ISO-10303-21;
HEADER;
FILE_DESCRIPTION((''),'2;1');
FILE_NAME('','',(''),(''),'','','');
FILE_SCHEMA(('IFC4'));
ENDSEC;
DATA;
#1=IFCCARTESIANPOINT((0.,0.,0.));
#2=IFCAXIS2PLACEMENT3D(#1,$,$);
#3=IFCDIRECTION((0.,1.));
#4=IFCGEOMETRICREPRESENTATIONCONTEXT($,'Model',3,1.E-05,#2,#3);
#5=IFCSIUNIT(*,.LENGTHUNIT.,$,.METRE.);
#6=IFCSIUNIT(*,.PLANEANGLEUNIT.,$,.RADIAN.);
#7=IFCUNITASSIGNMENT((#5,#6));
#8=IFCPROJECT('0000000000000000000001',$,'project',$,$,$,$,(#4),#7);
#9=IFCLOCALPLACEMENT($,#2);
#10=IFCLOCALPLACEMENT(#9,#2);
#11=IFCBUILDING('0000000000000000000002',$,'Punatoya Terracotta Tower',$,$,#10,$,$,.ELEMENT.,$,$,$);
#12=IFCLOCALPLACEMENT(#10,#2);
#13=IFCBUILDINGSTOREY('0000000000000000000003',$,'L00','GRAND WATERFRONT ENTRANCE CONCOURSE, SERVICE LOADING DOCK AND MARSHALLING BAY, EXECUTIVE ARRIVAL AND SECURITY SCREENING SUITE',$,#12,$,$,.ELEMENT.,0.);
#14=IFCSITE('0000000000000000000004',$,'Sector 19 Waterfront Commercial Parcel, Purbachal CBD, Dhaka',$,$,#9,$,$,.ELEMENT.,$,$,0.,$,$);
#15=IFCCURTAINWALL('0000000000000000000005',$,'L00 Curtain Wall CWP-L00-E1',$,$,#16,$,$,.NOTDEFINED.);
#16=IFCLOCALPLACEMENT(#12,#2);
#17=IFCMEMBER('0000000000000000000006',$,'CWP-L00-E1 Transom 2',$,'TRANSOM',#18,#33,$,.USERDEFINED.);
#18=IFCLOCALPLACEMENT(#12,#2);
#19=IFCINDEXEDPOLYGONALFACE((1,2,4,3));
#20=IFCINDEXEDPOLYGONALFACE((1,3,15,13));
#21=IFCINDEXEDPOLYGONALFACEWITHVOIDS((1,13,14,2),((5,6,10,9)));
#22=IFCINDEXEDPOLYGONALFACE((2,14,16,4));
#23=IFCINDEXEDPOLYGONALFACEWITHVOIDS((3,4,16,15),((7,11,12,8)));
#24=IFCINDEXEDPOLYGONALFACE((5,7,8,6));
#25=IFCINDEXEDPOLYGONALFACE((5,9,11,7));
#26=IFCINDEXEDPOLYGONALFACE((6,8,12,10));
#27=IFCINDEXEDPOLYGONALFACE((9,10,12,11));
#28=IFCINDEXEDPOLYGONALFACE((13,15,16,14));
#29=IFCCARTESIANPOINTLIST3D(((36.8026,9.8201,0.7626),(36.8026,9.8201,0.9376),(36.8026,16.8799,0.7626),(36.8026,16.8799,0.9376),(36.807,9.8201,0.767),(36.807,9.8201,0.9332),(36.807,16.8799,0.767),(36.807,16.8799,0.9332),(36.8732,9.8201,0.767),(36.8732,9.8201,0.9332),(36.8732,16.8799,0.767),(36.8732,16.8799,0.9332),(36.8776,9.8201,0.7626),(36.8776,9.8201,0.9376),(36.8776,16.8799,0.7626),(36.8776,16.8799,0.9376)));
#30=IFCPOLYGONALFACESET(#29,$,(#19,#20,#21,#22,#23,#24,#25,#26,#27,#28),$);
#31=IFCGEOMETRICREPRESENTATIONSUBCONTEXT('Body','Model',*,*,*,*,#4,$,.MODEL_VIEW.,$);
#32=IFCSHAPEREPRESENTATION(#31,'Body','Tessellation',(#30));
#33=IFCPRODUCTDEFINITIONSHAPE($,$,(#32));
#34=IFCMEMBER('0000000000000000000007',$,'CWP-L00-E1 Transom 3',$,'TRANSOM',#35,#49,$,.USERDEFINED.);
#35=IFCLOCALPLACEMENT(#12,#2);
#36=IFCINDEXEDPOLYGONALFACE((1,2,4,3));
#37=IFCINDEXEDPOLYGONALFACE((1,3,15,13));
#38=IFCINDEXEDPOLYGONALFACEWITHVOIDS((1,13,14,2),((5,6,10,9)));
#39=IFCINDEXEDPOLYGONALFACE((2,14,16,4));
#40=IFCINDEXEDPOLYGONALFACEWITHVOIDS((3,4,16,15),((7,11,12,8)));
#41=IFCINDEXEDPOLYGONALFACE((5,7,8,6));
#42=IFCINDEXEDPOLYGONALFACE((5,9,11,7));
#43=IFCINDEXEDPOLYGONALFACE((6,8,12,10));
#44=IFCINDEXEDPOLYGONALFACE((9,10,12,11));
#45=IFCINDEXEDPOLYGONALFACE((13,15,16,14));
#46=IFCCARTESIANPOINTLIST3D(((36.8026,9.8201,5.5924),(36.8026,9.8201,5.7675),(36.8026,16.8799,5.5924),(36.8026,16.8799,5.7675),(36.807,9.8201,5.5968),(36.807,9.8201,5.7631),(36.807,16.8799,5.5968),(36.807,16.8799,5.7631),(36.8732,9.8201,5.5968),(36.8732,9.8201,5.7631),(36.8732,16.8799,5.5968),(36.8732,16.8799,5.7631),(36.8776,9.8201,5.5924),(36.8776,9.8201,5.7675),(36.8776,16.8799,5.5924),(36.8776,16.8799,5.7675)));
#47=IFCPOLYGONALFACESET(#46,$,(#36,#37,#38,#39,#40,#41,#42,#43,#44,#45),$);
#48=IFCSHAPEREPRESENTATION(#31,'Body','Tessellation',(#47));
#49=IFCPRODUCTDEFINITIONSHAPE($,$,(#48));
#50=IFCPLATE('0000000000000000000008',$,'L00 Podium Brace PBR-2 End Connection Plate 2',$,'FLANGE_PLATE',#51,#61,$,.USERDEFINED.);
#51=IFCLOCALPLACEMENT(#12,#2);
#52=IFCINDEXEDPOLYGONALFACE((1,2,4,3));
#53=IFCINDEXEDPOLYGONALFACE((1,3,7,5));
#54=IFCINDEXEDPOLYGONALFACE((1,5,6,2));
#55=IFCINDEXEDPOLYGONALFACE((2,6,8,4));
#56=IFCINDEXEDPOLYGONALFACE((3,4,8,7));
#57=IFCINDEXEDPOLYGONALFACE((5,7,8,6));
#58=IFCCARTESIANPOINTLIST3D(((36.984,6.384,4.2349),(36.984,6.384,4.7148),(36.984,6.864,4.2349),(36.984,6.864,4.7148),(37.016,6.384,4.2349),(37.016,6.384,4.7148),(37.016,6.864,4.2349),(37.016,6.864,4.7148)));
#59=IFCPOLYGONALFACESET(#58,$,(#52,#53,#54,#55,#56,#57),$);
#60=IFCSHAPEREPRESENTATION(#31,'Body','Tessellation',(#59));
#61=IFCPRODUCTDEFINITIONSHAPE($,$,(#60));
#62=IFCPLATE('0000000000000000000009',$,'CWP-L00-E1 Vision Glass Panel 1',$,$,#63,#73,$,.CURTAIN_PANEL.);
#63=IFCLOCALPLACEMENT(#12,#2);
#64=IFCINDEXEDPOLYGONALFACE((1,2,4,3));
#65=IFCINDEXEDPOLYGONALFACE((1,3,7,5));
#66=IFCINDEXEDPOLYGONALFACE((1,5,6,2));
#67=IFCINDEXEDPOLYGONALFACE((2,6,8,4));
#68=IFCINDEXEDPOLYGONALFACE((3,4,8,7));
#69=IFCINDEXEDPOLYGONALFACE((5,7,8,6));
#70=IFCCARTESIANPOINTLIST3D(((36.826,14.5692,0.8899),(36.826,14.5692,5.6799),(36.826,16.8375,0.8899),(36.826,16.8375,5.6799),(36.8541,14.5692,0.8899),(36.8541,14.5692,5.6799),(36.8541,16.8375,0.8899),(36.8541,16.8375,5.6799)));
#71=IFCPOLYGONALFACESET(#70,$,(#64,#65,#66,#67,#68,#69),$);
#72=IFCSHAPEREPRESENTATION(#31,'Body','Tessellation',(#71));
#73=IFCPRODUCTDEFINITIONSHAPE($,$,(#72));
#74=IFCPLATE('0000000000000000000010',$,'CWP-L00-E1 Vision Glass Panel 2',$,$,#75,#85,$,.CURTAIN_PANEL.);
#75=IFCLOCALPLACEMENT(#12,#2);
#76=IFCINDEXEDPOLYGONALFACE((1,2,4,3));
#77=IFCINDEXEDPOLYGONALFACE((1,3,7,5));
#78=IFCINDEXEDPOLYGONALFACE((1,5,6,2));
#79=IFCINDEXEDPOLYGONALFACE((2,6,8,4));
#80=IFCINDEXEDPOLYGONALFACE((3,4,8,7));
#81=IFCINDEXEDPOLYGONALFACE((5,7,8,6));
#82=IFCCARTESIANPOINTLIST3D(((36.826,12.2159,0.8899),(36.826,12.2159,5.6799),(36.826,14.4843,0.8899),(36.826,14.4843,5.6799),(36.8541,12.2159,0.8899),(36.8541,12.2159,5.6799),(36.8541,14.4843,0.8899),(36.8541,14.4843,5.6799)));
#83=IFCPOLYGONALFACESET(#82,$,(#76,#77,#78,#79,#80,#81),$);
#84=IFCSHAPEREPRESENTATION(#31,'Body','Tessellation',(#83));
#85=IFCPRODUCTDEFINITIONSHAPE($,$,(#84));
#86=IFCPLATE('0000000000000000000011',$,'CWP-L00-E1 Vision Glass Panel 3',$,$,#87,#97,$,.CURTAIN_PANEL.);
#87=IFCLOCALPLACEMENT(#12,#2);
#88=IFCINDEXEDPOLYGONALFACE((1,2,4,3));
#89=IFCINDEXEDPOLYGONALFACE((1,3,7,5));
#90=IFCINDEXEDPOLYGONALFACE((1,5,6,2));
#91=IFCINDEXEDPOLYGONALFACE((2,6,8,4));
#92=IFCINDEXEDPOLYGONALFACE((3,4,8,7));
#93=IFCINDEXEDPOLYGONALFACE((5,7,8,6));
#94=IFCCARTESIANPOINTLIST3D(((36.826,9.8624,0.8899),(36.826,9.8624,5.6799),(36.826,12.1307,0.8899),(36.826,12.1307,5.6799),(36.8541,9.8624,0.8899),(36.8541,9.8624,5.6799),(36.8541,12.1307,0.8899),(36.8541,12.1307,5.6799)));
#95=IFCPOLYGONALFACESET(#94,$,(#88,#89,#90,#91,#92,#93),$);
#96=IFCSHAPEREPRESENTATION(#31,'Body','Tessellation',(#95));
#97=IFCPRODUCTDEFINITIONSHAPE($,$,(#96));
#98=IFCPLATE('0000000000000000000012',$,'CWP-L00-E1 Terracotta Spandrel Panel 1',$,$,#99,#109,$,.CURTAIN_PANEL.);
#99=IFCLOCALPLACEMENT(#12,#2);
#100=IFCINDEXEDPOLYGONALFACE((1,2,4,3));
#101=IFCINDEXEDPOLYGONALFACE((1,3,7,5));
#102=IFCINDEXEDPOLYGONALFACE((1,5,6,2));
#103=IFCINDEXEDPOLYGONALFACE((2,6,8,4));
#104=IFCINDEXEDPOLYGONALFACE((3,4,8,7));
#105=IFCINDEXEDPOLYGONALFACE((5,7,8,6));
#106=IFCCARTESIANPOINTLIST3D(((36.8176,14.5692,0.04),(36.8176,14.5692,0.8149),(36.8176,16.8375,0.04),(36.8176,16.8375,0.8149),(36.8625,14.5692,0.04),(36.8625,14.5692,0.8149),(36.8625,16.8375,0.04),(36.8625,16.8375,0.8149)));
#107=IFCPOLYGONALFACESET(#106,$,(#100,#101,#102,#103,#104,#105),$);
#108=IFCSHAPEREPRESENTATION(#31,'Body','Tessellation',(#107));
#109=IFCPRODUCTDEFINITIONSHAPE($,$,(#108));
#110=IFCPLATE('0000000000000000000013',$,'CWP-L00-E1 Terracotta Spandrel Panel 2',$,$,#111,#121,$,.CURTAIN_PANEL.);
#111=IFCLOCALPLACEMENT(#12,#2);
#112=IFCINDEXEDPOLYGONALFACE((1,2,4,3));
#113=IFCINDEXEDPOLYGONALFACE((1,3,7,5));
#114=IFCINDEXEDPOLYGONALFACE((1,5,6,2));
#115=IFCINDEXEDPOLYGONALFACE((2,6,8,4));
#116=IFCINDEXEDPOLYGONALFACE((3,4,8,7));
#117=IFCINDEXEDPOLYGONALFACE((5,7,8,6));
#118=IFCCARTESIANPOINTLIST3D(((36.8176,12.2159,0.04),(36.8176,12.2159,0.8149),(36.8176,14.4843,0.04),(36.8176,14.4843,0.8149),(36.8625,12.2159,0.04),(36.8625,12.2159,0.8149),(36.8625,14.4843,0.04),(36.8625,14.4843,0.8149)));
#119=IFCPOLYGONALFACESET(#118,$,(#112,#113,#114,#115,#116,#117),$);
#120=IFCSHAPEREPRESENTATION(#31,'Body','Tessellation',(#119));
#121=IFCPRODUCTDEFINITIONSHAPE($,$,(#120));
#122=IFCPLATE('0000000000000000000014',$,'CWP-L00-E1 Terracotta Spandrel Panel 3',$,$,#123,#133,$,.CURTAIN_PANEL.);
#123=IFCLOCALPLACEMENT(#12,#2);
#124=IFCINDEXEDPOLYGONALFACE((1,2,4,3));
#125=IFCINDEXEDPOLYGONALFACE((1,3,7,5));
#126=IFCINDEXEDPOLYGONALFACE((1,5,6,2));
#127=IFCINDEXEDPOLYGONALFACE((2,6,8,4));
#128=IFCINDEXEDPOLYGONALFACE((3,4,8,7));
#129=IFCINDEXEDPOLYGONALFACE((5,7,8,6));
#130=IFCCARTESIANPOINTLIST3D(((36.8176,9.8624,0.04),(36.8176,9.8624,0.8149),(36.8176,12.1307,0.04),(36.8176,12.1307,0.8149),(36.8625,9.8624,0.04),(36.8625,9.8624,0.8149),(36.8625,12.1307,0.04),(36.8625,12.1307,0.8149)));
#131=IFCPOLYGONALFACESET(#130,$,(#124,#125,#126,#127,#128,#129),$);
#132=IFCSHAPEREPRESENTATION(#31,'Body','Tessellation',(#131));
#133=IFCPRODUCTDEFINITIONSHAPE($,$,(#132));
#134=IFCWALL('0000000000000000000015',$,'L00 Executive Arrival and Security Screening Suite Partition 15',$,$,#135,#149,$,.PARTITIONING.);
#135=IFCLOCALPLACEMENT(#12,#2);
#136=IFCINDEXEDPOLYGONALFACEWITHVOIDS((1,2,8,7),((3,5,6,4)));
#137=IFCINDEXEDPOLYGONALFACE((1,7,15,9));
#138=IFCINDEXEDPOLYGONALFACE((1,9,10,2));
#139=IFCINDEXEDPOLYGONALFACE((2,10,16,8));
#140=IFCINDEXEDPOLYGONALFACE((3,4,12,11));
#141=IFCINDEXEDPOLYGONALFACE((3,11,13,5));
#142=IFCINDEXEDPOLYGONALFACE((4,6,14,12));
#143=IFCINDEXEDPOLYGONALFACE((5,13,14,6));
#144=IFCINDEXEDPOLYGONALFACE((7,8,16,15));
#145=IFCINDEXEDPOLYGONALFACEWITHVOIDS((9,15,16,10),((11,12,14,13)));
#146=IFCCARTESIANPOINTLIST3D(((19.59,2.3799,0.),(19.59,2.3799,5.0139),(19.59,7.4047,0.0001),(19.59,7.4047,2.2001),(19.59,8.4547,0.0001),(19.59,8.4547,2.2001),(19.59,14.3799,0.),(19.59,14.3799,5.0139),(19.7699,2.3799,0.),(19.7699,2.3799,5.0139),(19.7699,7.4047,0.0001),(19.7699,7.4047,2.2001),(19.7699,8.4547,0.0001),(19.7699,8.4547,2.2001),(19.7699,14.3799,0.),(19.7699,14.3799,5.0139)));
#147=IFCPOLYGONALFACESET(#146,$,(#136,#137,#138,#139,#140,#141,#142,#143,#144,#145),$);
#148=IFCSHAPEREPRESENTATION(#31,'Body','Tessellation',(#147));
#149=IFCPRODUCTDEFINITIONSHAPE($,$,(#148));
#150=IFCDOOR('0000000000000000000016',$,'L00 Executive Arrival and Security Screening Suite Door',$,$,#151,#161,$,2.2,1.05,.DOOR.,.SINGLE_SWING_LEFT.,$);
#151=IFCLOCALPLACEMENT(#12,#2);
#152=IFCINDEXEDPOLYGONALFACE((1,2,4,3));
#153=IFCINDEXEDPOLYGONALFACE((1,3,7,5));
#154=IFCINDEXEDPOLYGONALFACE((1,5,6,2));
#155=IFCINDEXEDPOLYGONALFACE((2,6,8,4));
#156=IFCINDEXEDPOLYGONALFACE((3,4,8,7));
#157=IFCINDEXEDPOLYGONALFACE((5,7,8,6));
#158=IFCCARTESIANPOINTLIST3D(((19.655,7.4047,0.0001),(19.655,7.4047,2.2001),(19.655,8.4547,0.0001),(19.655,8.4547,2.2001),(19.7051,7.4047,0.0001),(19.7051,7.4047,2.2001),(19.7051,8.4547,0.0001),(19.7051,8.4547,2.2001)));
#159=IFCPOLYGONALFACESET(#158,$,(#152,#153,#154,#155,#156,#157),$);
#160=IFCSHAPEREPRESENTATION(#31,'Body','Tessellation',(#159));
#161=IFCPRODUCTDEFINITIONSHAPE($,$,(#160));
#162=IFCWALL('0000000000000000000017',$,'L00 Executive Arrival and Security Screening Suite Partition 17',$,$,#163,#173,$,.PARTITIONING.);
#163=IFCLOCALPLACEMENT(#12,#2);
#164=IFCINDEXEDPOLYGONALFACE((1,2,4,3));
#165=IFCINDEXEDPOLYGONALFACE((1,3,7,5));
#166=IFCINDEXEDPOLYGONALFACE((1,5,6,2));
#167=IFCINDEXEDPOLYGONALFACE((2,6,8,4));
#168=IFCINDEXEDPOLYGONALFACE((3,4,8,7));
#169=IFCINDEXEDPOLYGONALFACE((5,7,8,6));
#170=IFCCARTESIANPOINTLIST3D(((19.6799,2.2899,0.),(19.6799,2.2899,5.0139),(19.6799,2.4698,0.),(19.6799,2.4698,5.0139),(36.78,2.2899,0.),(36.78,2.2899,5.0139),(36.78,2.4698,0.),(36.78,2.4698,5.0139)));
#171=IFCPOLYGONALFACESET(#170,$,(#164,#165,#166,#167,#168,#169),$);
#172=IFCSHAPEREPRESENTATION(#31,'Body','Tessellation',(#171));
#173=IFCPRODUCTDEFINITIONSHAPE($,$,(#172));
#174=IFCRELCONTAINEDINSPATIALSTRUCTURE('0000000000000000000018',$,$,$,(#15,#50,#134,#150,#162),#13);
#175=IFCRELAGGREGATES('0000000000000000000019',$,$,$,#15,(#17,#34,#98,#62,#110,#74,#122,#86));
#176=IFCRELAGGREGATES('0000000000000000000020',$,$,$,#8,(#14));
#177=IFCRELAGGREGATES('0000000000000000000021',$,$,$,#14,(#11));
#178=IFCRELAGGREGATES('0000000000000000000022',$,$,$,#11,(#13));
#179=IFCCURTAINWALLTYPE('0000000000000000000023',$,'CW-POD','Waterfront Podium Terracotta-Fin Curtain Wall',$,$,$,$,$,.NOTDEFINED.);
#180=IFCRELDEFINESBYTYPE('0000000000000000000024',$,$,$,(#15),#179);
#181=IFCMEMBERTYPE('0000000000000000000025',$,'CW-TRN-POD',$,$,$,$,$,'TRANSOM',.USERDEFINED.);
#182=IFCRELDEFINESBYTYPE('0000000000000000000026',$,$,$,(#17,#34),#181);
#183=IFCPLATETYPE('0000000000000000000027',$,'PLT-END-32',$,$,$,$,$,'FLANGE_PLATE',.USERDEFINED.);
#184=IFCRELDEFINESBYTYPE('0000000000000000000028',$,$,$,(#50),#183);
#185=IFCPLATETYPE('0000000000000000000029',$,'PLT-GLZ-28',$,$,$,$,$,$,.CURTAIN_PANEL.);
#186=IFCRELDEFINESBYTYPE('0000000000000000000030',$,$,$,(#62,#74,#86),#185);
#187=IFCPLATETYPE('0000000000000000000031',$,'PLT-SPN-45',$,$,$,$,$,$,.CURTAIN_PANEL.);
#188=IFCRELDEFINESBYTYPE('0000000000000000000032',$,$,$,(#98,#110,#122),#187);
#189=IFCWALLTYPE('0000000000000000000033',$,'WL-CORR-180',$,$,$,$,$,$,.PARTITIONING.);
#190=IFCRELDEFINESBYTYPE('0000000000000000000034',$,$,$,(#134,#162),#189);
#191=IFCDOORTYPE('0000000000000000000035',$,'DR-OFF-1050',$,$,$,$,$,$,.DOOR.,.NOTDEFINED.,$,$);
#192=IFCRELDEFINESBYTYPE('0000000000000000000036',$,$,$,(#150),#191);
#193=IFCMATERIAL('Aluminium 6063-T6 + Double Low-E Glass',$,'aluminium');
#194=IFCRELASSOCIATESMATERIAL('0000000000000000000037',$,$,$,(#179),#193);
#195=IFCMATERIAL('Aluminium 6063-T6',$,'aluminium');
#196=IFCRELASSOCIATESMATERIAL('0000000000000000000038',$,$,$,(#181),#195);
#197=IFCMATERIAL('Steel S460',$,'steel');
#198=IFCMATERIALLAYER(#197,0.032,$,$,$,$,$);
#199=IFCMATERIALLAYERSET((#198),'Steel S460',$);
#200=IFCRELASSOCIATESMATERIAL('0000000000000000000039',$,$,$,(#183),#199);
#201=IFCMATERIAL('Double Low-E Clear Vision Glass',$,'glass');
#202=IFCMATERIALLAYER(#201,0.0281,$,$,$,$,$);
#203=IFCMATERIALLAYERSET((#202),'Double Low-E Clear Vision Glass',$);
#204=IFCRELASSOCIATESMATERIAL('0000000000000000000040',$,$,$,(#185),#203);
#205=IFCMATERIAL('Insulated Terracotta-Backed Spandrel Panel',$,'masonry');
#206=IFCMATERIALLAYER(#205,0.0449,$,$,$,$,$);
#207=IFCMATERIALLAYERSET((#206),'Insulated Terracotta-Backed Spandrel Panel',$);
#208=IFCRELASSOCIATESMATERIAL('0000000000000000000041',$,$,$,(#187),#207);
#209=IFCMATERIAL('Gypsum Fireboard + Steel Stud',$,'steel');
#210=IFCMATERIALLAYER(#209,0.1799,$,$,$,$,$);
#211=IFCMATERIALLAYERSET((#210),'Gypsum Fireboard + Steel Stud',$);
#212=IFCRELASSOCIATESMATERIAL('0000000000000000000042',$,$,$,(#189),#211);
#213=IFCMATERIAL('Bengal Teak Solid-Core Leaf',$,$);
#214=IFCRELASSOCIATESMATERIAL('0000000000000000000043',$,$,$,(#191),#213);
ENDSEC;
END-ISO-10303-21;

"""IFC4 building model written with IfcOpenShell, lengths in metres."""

from ifc_helpers import new_model, si_unit, direction, frame, frame_2d, origin, origin_2d, place, context, subcontext, project, spatial, rectangle, hollow_rectangle, extrude, material, layer, layer_set, material_profile, profile_set, type_object, element, fill, aggregate, save


model = new_model("IFC4")

# Units and contexts
model_context = context("Model", 3, precision=1e-05, world=origin(), true_north=direction((0.0, 1.0)))
body_context = subcontext(model_context, "Body", "Model", "MODEL_VIEW")
ifc_project = project(units=[si_unit("LENGTHUNIT", "METRE"), si_unit("PLANEANGLEUNIT", "RADIAN")], contexts=[model_context])

# Site, building, storey
site_placement = place(None, origin())
site = spatial("IfcSite", under=ifc_project, at=site_placement, Name="Sector 19 Waterfront Commercial Parcel, Purbachal CBD, Dhaka", CompositionType="ELEMENT", RefElevation=0.0)
building_placement = place(site_placement, origin())
building = spatial("IfcBuilding", under=site, at=building_placement, Name="Punatoya Terracotta Tower", CompositionType="ELEMENT")
storey_placement = place(building_placement, origin())
storey = spatial("IfcBuildingStorey", under=building, at=storey_placement, Name="L00", Description="GRAND WATERFRONT ENTRANCE CONCOURSE, SERVICE LOADING DOCK AND MARSHALLING BAY, EXECUTIVE ARRIVAL AND SECURITY SCREENING SUITE", CompositionType="ELEMENT", Elevation=0.0)

# Curtain wall, members
ifc_material_1 = material(Name="Aluminium 6063-T6 + Double Low-E Glass", Category="aluminium")
curtain_wall_type = type_object("IfcCurtainWallType", Name="CW-POD", Description="Waterfront Podium Terracotta-Fin Curtain Wall", PredefinedType="NOTDEFINED", material=ifc_material_1)
curtain_wall_placement = place(storey_placement, origin())
curtain_wall = element("IfcCurtainWall", 1, at=curtain_wall_placement, inside=storey, type_object=curtain_wall_type, Name="L00 Curtain Wall CWP-L00-E1", PredefinedType="NOTDEFINED")
ifc_material_2 = material(Name="Aluminium 6063-T6", Category="aluminium")
ifc_material_profile_1 = material_profile(ifc_material_2, hollow_rectangle(XDim=0.075, YDim=0.175, WallThickness=0.0044, at=origin_2d()))
ifc_profile_set_1 = profile_set([ifc_material_profile_1], Name="Aluminium 6063-T6")
member_type_1 = type_object("IfcMemberType", Name="CW-TRN-POD", ElementType="TRANSOM", PredefinedType="USERDEFINED", material=ifc_profile_set_1)
member_1_placement = place(storey_placement, frame((36.8401, 16.8799, 0.8501), z_axis=(0.0, -1.0, 0.0), x_axis=(1.0, 0.0, 0.0)))
member_1 = element("IfcMember", 2, at=member_1_placement, type_object=member_type_1, Name="CWP-L00-E1 Transom 2", ObjectType="TRANSOM", PredefinedType="USERDEFINED", context=body_context, shape_type="SweptSolid", body=[
    extrude(hollow_rectangle(XDim=0.075, YDim=0.175, WallThickness=0.0044, at=origin_2d()), origin(), (0.0, 0.0, 1.0), 7.0598),
])
member_2_placement = place(storey_placement, frame((36.8401, 16.8799, 5.6799), z_axis=(0.0, -1.0, 0.0), x_axis=(1.0, 0.0, 0.0)))
member_2 = element("IfcMember", 3, at=member_2_placement, type_object=member_type_1, Name="CWP-L00-E1 Transom 3", ObjectType="TRANSOM", PredefinedType="USERDEFINED", context=body_context, shape_type="SweptSolid", body=[
    extrude(hollow_rectangle(XDim=0.075, YDim=0.175, WallThickness=0.0044, at=origin_2d()), origin(), (0.0, 0.0, 1.0), 7.0598),
])

# Plates
ifc_material_3 = material(Name="Steel S460", Category="steel")
ifc_layer_1 = layer(ifc_material_3, 0.032)
ifc_layer_set_1 = layer_set([ifc_layer_1], Name="Steel S460")
plate_type_1 = type_object("IfcPlateType", Name="PLT-END-32", ElementType="FLANGE_PLATE", PredefinedType="USERDEFINED", material=ifc_layer_set_1)
plate_1_placement = place(storey_placement, frame((37.0, 6.624, 4.2349), z_axis=(0.0, 0.0, 1.0), x_axis=(1.0, 0.0, 0.0)))
element("IfcPlate", 4, at=plate_1_placement, inside=storey, type_object=plate_type_1, Name="L00 Podium Brace PBR-2 End Connection Plate 2", ObjectType="FLANGE_PLATE", PredefinedType="USERDEFINED", context=body_context, shape_type="SweptSolid", body=[
    extrude(rectangle(XDim=0.032, YDim=0.48, at=origin_2d()), origin(), (0.0, 0.0, 1.0), 0.48),
])
ifc_material_4 = material(Name="Double Low-E Clear Vision Glass", Category="glass")
ifc_layer_2 = layer(ifc_material_4, 0.0281)
ifc_layer_set_2 = layer_set([ifc_layer_2], Name="Double Low-E Clear Vision Glass")
plate_type_2 = type_object("IfcPlateType", Name="PLT-GLZ-28", PredefinedType="CURTAIN_PANEL", material=ifc_layer_set_2)
plate_2_placement = place(storey_placement, frame((36.8401, 15.7034, 0.8899), z_axis=(0.0, 0.0, 1.0), x_axis=(0.0, -1.0, 0.0)))
plate_2 = element("IfcPlate", 5, at=plate_2_placement, type_object=plate_type_2, Name="CWP-L00-E1 Vision Glass Panel 1", PredefinedType="CURTAIN_PANEL", context=body_context, shape_type="SweptSolid", body=[
    extrude(rectangle(XDim=2.2683, YDim=0.0281, at=origin_2d()), origin(), (0.0, 0.0, 1.0), 4.79),
])
plate_3_placement = place(storey_placement, frame((36.8401, 13.3501, 0.8899), z_axis=(0.0, 0.0, 1.0), x_axis=(0.0, -1.0, 0.0)))
plate_3 = element("IfcPlate", 6, at=plate_3_placement, type_object=plate_type_2, Name="CWP-L00-E1 Vision Glass Panel 2", PredefinedType="CURTAIN_PANEL", context=body_context, shape_type="SweptSolid", body=[
    extrude(rectangle(XDim=2.2683, YDim=0.0281, at=origin_2d()), origin(), (0.0, 0.0, 1.0), 4.79),
])
plate_4_placement = place(storey_placement, frame((36.8401, 10.9966, 0.8899), z_axis=(0.0, 0.0, 1.0), x_axis=(0.0, -1.0, 0.0)))
plate_4 = element("IfcPlate", 7, at=plate_4_placement, type_object=plate_type_2, Name="CWP-L00-E1 Vision Glass Panel 3", PredefinedType="CURTAIN_PANEL", context=body_context, shape_type="SweptSolid", body=[
    extrude(rectangle(XDim=2.2683, YDim=0.0281, at=origin_2d()), origin(), (0.0, 0.0, 1.0), 4.79),
])
ifc_material_5 = material(Name="Insulated Terracotta-Backed Spandrel Panel", Category="masonry")
ifc_layer_3 = layer(ifc_material_5, 0.0449)
ifc_layer_set_3 = layer_set([ifc_layer_3], Name="Insulated Terracotta-Backed Spandrel Panel")
plate_type_3 = type_object("IfcPlateType", Name="PLT-SPN-45", PredefinedType="CURTAIN_PANEL", material=ifc_layer_set_3)
plate_5_placement = place(storey_placement, frame((36.8401, 15.7034, 0.04), z_axis=(0.0, 0.0, 1.0), x_axis=(0.0, -1.0, 0.0)))
plate_5 = element("IfcPlate", 8, at=plate_5_placement, type_object=plate_type_3, Name="CWP-L00-E1 Terracotta Spandrel Panel 1", PredefinedType="CURTAIN_PANEL", context=body_context, shape_type="SweptSolid", body=[
    extrude(rectangle(XDim=2.2683, YDim=0.0449, at=origin_2d()), origin(), (0.0, 0.0, 1.0), 0.7749),
])
plate_6_placement = place(storey_placement, frame((36.8401, 13.3501, 0.04), z_axis=(0.0, 0.0, 1.0), x_axis=(0.0, -1.0, 0.0)))
plate_6 = element("IfcPlate", 9, at=plate_6_placement, type_object=plate_type_3, Name="CWP-L00-E1 Terracotta Spandrel Panel 2", PredefinedType="CURTAIN_PANEL", context=body_context, shape_type="SweptSolid", body=[
    extrude(rectangle(XDim=2.2683, YDim=0.0449, at=origin_2d()), origin(), (0.0, 0.0, 1.0), 0.7749),
])
plate_7_placement = place(storey_placement, frame((36.8401, 10.9966, 0.04), z_axis=(0.0, 0.0, 1.0), x_axis=(0.0, -1.0, 0.0)))
plate_7 = element("IfcPlate", 10, at=plate_7_placement, type_object=plate_type_3, Name="CWP-L00-E1 Terracotta Spandrel Panel 3", PredefinedType="CURTAIN_PANEL", context=body_context, shape_type="SweptSolid", body=[
    extrude(rectangle(XDim=2.2683, YDim=0.0449, at=origin_2d()), origin(), (0.0, 0.0, 1.0), 0.7749),
])
aggregate(curtain_wall, [member_1, member_2, plate_5, plate_2, plate_6, plate_3, plate_7, plate_4])

# Wall, opening, door
ifc_material_6 = material(Name="Gypsum Fireboard + Steel Stud", Category="steel")
ifc_layer_4 = layer(ifc_material_6, 0.1799)
ifc_layer_set_4 = layer_set([ifc_layer_4], Name="Gypsum Fireboard + Steel Stud")
wall_type_1 = type_object("IfcWallType", Name="WL-CORR-180", PredefinedType="PARTITIONING", material=ifc_layer_set_4)
wall_1_placement = place(storey_placement, frame((19.6799, 2.3799, 0.0), z_axis=(0.0, 0.0, 1.0), x_axis=(0.0, 1.0, 0.0)))
wall_1 = element("IfcWall", 11, at=wall_1_placement, inside=storey, type_object=wall_type_1, Name="L00 Executive Arrival and Security Screening Suite Partition 15", PredefinedType="PARTITIONING", context=body_context, shape_type="SweptSolid", body=[
    extrude(rectangle(XDim=12.0, YDim=0.1799, at=frame_2d((6.0, 0.0))), origin(), (0.0, 0.0, 1.0), 5.0139),
])
opening_placement = place(wall_1_placement, frame((5.0249, 0.0, 0.0)))
opening = element("IfcOpeningElement", 12, at=opening_placement, cuts=wall_1, PredefinedType="OPENING", context=body_context, shape_type="SweptSolid", body=[
    extrude(rectangle(XDim=1.05, YDim=2.2, at=frame_2d((0.5249, 1.1001))), frame((0.0, 0.0999, 0.0), z_axis=(0.0, -1.0, 0.0), x_axis=(1.0, 0.0, 0.0)), (0.0, 0.0, 1.0), 0.2),
])
ifc_material_7 = material(Name="Bengal Teak Solid-Core Leaf")
door_type = type_object("IfcDoorType", Name="DR-OFF-1050", OperationType="NOTDEFINED", PredefinedType="DOOR", material=ifc_material_7)
door_placement = place(opening_placement, origin())
door = element("IfcDoor", 13, at=door_placement, inside=storey, type_object=door_type, Name="L00 Executive Arrival and Security Screening Suite Door", OperationType="SINGLE_SWING_LEFT", OverallHeight=2.2, OverallWidth=1.05, PredefinedType="DOOR", context=body_context, shape_type="SweptSolid", body=[
    extrude(rectangle(XDim=1.05, YDim=2.2, at=frame_2d((0.5249, 1.1001))), frame((0.0, 0.0249, 0.0), z_axis=(0.0, -1.0, 0.0), x_axis=(1.0, 0.0, 0.0)), (0.0, 0.0, 1.0), 0.05),
])
fill(opening, door)

# Wall
wall_2_placement = place(storey_placement, frame((36.78, 2.3799, 0.0), z_axis=(0.0, 0.0, 1.0), x_axis=(-1.0, 0.0, 0.0)))
element("IfcWall", 14, at=wall_2_placement, inside=storey, type_object=wall_type_1, Name="L00 Executive Arrival and Security Screening Suite Partition 17", PredefinedType="PARTITIONING", context=body_context, shape_type="SweptSolid", body=[
    extrude(rectangle(XDim=17.1001, YDim=0.1799, at=frame_2d((8.55, 0.0))), origin(), (0.0, 0.0, 1.0), 5.0139),
])

save(model, "model.ifc")
